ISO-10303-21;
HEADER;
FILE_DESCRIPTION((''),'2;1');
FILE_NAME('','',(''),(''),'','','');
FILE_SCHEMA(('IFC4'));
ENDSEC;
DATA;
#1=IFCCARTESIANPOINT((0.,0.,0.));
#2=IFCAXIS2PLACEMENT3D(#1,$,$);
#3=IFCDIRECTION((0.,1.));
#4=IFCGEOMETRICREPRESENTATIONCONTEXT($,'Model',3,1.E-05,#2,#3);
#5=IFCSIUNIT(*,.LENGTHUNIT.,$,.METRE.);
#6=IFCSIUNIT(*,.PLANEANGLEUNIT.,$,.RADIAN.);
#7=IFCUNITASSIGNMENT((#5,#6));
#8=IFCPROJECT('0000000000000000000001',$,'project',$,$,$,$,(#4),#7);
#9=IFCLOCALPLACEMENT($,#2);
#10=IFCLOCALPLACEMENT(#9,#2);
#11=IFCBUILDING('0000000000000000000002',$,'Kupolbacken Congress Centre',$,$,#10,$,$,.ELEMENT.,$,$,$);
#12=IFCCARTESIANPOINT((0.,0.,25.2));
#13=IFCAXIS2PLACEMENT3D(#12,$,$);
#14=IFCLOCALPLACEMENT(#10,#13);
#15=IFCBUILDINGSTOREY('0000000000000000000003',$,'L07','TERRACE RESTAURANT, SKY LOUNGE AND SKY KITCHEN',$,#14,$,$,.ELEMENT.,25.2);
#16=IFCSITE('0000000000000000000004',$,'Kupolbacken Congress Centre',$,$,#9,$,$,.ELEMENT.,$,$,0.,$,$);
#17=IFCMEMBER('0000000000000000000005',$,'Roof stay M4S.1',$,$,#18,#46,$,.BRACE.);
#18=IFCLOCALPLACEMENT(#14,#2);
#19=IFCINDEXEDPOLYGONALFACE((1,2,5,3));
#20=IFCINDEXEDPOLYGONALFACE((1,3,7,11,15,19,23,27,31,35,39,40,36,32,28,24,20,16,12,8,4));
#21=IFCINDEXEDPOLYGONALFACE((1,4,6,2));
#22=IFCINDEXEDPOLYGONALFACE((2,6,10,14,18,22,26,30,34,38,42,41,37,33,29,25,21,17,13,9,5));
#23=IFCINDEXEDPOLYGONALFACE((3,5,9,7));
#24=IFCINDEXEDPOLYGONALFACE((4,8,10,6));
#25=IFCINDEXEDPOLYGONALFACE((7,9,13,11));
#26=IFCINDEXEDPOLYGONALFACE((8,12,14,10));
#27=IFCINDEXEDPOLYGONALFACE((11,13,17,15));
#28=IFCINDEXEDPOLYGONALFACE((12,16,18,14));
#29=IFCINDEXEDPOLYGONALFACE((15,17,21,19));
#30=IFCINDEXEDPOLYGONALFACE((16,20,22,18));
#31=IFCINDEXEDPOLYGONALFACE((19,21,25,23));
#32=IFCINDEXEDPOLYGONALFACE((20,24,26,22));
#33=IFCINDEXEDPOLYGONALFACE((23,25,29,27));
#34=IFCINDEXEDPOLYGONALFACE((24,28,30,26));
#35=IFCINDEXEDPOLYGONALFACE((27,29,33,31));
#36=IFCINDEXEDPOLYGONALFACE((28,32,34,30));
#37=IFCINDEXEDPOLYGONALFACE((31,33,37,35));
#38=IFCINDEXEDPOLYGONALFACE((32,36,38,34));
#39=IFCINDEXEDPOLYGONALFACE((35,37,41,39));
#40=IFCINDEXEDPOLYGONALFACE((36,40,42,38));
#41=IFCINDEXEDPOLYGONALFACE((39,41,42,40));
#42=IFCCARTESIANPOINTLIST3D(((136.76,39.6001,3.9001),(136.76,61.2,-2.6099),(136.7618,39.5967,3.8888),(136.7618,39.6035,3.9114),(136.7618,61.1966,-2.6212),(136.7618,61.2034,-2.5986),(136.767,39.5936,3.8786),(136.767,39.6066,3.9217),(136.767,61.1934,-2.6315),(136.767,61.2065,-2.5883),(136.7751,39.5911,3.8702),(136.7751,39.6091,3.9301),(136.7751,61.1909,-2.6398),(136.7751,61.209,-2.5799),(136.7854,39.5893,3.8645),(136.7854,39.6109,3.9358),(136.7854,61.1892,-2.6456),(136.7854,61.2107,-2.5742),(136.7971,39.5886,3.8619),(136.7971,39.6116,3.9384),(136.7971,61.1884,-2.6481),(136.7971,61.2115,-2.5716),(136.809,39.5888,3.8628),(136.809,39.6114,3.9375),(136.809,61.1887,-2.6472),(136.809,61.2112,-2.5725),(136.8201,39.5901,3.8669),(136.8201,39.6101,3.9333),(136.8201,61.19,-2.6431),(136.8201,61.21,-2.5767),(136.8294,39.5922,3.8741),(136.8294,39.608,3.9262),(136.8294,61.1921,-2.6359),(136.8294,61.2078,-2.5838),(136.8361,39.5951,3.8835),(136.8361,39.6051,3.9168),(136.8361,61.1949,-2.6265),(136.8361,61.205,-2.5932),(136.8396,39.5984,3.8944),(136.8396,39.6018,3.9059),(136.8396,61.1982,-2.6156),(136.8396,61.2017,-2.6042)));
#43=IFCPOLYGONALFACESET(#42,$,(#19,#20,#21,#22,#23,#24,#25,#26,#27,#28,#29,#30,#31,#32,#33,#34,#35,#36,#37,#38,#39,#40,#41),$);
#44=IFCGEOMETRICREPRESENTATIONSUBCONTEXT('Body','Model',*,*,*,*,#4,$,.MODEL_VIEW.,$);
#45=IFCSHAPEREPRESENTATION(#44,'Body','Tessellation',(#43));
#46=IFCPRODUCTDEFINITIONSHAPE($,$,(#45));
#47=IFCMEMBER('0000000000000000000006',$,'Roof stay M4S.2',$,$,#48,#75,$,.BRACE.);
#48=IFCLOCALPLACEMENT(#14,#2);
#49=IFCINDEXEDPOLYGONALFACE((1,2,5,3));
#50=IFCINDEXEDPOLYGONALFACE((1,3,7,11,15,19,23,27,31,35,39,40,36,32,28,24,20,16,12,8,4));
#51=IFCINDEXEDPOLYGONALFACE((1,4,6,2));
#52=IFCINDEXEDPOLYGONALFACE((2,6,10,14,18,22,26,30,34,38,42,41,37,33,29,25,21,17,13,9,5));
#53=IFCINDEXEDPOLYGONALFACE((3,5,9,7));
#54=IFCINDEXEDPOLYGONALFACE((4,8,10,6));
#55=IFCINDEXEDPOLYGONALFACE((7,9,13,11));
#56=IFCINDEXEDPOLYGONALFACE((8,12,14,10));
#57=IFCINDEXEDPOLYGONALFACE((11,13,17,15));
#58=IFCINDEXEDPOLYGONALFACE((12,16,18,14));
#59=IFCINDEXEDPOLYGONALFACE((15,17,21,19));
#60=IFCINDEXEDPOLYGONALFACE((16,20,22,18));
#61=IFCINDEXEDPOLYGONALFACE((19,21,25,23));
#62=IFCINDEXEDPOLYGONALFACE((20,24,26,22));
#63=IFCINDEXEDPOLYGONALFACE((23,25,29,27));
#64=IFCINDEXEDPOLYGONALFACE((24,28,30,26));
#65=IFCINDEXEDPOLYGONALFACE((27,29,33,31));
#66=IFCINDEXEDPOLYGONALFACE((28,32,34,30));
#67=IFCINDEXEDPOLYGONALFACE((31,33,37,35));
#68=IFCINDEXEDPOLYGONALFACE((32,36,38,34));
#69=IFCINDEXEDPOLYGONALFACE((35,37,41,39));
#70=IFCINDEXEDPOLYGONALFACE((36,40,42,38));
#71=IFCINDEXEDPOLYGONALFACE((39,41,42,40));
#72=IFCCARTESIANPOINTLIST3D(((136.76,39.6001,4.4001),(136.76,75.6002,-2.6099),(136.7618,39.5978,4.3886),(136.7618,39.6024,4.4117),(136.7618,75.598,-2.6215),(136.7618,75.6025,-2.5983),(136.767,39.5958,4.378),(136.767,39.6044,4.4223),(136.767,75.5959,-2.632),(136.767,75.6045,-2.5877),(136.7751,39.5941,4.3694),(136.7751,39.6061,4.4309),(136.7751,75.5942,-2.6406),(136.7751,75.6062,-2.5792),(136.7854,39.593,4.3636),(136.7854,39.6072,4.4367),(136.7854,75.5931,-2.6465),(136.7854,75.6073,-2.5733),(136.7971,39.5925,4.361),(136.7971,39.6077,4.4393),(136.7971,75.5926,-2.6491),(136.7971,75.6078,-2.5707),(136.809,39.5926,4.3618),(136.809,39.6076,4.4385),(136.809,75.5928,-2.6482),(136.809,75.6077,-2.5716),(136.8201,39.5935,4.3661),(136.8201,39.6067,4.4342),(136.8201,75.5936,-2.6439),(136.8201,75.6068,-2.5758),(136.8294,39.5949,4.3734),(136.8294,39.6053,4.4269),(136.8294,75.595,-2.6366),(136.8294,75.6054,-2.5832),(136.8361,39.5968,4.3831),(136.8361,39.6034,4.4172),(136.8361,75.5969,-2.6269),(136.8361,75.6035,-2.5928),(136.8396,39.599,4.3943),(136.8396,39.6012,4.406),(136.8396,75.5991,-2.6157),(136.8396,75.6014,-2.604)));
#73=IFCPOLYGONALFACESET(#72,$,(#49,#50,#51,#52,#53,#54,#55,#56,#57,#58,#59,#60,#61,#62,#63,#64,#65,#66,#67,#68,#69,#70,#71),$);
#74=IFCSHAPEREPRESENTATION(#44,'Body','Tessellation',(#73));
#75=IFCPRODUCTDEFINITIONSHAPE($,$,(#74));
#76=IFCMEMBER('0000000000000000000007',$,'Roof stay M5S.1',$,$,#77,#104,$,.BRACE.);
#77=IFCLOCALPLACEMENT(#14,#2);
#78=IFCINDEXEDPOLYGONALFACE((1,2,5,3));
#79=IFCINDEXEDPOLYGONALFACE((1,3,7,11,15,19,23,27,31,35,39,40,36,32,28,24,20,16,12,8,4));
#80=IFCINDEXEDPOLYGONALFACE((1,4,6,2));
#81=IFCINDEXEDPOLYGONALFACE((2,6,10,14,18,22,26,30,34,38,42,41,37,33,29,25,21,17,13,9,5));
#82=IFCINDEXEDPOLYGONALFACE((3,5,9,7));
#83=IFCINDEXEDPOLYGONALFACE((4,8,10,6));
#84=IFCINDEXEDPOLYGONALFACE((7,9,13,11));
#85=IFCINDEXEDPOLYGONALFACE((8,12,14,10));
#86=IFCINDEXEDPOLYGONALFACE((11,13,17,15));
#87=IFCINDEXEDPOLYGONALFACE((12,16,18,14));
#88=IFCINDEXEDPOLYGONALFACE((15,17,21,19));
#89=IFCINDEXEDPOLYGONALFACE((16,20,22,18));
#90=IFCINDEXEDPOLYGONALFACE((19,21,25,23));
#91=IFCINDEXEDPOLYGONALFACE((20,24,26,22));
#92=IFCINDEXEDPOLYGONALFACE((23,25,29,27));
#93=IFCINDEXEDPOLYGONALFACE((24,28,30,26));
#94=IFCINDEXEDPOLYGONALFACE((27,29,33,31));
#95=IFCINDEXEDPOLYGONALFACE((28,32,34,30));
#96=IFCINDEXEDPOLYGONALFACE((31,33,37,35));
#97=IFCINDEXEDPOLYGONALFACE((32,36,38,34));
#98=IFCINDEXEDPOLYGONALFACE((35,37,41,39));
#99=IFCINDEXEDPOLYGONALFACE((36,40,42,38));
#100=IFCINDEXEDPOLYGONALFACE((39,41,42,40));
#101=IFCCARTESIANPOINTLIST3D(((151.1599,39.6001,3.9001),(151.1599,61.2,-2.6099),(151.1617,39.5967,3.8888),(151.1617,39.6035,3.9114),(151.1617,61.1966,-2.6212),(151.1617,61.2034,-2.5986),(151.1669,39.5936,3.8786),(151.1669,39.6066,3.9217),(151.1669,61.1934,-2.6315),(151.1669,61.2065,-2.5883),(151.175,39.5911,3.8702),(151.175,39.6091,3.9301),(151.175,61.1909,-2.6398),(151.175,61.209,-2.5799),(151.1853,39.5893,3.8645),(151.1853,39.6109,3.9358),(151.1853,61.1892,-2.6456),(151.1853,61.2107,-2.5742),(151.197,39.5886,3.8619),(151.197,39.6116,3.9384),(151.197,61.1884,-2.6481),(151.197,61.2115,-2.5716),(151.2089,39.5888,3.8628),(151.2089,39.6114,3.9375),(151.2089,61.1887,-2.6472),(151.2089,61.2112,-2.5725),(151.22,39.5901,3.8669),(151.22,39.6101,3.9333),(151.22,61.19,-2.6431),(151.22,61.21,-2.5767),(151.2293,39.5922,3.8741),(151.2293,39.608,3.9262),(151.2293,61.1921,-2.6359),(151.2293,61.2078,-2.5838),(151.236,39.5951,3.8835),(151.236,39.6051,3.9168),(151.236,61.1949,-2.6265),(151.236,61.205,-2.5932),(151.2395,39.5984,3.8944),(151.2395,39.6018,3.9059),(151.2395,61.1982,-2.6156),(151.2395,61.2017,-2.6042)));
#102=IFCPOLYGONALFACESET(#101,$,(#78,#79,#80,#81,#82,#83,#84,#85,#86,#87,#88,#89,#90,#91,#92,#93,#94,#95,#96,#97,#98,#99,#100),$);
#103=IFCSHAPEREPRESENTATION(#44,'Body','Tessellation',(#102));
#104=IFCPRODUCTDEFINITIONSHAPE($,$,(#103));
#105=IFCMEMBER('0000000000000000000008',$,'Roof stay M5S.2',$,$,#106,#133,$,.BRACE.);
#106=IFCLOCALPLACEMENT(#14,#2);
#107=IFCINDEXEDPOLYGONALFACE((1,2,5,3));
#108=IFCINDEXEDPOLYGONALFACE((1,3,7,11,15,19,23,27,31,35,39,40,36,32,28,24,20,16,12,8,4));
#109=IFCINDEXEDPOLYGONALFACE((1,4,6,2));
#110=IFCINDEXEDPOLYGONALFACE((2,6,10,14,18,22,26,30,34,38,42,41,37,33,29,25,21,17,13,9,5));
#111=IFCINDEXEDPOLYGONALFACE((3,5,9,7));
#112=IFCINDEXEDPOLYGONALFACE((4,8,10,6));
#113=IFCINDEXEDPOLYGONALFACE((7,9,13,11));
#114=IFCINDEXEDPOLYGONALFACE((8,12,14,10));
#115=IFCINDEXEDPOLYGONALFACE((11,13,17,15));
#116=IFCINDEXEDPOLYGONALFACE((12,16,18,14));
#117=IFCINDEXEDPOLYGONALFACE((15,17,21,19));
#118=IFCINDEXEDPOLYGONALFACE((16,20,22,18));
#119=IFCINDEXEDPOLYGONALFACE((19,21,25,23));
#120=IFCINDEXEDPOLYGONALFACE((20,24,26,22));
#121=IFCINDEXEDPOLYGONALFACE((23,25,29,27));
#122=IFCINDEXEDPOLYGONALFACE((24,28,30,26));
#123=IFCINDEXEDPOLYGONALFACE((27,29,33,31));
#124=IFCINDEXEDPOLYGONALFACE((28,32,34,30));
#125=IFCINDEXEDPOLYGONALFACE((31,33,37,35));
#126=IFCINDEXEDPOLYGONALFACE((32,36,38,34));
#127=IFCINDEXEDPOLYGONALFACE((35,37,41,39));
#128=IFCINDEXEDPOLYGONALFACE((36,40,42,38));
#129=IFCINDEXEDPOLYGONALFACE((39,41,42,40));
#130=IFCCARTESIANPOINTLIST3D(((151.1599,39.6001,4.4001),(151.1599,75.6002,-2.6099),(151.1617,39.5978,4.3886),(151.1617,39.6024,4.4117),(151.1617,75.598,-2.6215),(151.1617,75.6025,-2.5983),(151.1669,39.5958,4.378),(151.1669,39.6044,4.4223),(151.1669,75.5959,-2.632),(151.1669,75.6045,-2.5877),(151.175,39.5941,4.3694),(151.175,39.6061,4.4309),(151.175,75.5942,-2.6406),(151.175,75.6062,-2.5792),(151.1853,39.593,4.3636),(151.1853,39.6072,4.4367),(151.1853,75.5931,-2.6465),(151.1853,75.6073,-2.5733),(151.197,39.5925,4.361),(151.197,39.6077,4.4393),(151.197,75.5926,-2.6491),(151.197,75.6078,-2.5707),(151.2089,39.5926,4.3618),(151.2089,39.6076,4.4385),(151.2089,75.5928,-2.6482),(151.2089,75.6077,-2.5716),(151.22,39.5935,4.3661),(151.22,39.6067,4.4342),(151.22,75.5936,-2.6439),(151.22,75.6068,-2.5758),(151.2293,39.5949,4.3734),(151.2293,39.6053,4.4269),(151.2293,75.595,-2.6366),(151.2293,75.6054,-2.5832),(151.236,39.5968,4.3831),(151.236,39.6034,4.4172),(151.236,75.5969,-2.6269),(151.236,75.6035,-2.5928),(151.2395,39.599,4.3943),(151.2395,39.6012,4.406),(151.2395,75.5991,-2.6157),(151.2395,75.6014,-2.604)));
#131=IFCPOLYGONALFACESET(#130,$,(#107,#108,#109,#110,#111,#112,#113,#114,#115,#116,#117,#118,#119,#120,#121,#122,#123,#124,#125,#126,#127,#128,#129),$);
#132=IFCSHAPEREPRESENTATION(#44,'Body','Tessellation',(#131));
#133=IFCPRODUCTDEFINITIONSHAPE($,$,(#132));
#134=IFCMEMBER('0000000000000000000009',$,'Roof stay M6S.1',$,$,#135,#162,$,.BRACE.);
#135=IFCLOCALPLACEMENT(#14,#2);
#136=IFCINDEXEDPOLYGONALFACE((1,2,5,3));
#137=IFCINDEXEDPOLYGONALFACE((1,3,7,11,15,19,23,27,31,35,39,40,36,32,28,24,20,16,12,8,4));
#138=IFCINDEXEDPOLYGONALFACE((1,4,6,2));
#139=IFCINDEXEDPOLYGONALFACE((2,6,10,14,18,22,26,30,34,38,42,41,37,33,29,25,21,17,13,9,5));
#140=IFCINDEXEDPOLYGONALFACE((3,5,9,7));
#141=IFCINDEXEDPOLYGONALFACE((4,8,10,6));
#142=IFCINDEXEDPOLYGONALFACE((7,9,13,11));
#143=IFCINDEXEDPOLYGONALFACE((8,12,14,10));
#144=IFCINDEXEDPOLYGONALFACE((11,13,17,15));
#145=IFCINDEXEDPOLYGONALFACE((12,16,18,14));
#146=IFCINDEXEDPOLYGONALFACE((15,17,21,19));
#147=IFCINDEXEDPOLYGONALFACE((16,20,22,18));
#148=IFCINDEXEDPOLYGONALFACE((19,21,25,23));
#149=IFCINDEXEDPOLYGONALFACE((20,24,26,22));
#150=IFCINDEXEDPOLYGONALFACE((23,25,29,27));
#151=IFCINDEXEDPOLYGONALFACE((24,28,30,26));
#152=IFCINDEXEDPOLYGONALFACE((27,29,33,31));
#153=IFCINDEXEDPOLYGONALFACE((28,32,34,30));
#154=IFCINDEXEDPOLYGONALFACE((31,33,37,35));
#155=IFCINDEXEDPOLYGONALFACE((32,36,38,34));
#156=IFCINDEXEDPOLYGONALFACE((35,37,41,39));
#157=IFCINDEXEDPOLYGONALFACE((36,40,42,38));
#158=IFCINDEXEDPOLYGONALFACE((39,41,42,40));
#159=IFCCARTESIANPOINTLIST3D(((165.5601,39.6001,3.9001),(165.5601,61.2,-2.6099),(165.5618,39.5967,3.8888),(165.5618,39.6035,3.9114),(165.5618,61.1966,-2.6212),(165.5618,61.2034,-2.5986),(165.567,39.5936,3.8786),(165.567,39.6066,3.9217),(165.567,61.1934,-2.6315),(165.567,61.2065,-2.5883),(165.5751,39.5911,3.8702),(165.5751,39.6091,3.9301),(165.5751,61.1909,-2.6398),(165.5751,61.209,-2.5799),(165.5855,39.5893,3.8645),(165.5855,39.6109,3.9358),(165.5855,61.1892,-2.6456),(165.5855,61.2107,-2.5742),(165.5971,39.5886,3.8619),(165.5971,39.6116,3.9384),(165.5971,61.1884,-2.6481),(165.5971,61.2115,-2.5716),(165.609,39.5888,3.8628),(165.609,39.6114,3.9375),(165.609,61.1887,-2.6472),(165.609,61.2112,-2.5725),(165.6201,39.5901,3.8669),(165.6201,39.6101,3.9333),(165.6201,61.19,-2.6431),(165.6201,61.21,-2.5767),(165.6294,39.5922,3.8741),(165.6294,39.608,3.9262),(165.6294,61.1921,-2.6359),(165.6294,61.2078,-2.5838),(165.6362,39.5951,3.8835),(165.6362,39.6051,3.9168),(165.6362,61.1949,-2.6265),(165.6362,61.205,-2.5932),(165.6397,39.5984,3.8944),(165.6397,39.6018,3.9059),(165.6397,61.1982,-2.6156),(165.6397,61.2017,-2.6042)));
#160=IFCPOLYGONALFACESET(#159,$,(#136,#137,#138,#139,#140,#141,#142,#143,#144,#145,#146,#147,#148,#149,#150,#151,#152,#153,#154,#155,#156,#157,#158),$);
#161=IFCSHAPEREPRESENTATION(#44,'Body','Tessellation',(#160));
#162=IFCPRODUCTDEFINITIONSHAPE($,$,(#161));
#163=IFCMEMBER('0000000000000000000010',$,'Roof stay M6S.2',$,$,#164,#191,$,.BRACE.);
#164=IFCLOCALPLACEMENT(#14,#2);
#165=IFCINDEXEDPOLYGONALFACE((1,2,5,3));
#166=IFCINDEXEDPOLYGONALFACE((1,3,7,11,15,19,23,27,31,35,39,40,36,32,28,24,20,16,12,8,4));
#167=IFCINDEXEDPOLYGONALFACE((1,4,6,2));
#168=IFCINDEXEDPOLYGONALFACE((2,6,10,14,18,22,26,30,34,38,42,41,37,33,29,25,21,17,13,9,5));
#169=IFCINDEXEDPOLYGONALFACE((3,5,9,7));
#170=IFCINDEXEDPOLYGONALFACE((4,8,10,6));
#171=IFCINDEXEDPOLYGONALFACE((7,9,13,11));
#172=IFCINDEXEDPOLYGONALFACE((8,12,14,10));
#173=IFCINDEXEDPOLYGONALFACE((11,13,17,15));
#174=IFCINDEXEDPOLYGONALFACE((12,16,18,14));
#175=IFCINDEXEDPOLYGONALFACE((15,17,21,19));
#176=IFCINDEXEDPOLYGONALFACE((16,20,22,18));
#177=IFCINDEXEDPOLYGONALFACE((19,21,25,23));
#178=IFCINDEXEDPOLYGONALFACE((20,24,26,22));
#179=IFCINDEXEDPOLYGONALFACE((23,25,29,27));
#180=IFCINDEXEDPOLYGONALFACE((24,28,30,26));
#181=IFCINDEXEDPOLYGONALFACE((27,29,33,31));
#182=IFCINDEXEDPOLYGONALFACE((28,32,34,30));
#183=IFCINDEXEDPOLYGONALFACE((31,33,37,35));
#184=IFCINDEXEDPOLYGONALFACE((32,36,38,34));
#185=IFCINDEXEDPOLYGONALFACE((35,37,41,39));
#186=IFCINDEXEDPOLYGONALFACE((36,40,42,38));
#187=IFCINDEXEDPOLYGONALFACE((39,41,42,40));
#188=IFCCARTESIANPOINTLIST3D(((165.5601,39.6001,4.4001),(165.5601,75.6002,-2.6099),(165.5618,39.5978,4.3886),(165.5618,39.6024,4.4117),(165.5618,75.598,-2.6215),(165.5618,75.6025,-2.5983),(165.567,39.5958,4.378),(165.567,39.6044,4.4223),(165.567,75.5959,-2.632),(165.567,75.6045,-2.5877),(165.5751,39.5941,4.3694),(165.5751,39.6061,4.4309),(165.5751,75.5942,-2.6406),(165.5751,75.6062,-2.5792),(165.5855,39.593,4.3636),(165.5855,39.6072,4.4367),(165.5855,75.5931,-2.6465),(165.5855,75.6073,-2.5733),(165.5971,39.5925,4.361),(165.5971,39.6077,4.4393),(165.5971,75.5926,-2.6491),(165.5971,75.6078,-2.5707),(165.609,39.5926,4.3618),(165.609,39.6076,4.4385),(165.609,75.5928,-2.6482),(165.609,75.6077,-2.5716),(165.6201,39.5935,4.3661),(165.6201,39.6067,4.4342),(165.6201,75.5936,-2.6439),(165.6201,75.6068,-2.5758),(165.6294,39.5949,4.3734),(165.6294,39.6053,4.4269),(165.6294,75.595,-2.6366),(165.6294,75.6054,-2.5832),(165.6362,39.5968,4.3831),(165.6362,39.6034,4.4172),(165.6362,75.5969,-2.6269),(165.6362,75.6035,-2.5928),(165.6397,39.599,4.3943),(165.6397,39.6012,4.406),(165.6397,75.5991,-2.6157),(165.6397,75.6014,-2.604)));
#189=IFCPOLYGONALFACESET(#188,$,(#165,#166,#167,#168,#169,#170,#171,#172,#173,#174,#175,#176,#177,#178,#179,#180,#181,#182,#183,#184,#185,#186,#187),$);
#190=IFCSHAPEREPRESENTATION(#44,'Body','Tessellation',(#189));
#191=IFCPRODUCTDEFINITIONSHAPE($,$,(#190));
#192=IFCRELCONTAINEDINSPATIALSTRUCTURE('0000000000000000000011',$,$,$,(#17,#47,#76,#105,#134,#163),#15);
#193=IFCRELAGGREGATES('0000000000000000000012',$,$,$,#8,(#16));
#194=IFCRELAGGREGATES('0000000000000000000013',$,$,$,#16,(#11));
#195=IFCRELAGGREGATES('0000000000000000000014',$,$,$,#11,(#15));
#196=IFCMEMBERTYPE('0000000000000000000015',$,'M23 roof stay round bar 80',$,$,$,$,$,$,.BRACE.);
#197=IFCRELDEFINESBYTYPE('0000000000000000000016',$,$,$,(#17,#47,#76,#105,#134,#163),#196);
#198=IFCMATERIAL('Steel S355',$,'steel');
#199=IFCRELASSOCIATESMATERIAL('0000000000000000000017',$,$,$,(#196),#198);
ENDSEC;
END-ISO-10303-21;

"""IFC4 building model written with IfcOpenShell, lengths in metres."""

from ifc_helpers import new_model, si_unit, direction, frame, origin, origin_2d, place, context, subcontext, project, spatial, circle, extrude, material, material_profile, profile_set, type_object, element, save


model = new_model("IFC4")

# Units and contexts
model_context = context("Model", 3, precision=1e-05, world=origin(), true_north=direction((0.0, 1.0)))
body_context = subcontext(model_context, "Body", "Model", "MODEL_VIEW")
ifc_project = project(units=[si_unit("LENGTHUNIT", "METRE"), si_unit("PLANEANGLEUNIT", "RADIAN")], contexts=[model_context])

# Site, building, storey
site_placement = place(None, origin())
site = spatial("IfcSite", under=ifc_project, at=site_placement, Name="Kupolbacken Congress Centre", CompositionType="ELEMENT", RefElevation=0.0)
building_placement = place(site_placement, origin())
building = spatial("IfcBuilding", under=site, at=building_placement, Name="Kupolbacken Congress Centre", CompositionType="ELEMENT")
storey_placement = place(building_placement, frame((0.0, 0.0, 25.2)))
storey = spatial("IfcBuildingStorey", under=building, at=storey_placement, Name="L07", Description="TERRACE RESTAURANT, SKY LOUNGE AND SKY KITCHEN", CompositionType="ELEMENT", Elevation=25.2)

# Members
ifc_material_1 = material(Name="Steel S355", Category="steel")
ifc_material_profile_1 = material_profile(ifc_material_1, circle(Radius=0.04, at=origin_2d()), Name="RB 80")
ifc_profile_set_1 = profile_set([ifc_material_profile_1], Name="Steel S355")
member_type = type_object("IfcMemberType", Name="M23 roof stay round bar 80", PredefinedType="BRACE", material=ifc_profile_set_1)
member_1_placement = place(storey_placement, frame((136.8, 39.6001, 3.9001), z_axis=(0.0, 0.957459, -0.28857), x_axis=(-1.0, 0.0, 0.0)))
element("IfcMember", 1, at=member_1_placement, inside=storey, type_object=member_type, Name="Roof stay M4S.1", PredefinedType="BRACE", context=body_context, shape_type="SweptSolid", body=[
    extrude(circle(Radius=0.04, at=origin_2d()), origin(), (0.0, 0.0, 1.0), 22.5596),
])
member_2_placement = place(storey_placement, frame((136.8, 39.6001, 4.4001), z_axis=(0.0, 0.981564, -0.191133), x_axis=(-1.0, 0.0, 0.0)))
element("IfcMember", 2, at=member_2_placement, inside=storey, type_object=member_type, Name="Roof stay M4S.2", PredefinedType="BRACE", context=body_context, shape_type="SweptSolid", body=[
    extrude(circle(Radius=0.04, at=origin_2d()), origin(), (0.0, 0.0, 1.0), 36.6763),
])
member_3_placement = place(storey_placement, frame((151.2, 39.6001, 3.9001), z_axis=(0.0, 0.957459, -0.28857), x_axis=(-1.0, 0.0, 0.0)))
element("IfcMember", 3, at=member_3_placement, inside=storey, type_object=member_type, Name="Roof stay M5S.1", PredefinedType="BRACE", context=body_context, shape_type="SweptSolid", body=[
    extrude(circle(Radius=0.04, at=origin_2d()), origin(), (0.0, 0.0, 1.0), 22.5596),
])
member_4_placement = place(storey_placement, frame((151.2, 39.6001, 4.4001), z_axis=(0.0, 0.981564, -0.191133), x_axis=(-1.0, 0.0, 0.0)))
element("IfcMember", 4, at=member_4_placement, inside=storey, type_object=member_type, Name="Roof stay M5S.2", PredefinedType="BRACE", context=body_context, shape_type="SweptSolid", body=[
    extrude(circle(Radius=0.04, at=origin_2d()), origin(), (0.0, 0.0, 1.0), 36.6763),
])
member_5_placement = place(storey_placement, frame((165.6001, 39.6001, 3.9001), z_axis=(0.0, 0.957459, -0.28857), x_axis=(-1.0, 0.0, 0.0)))
element("IfcMember", 5, at=member_5_placement, inside=storey, type_object=member_type, Name="Roof stay M6S.1", PredefinedType="BRACE", context=body_context, shape_type="SweptSolid", body=[
    extrude(circle(Radius=0.04, at=origin_2d()), origin(), (0.0, 0.0, 1.0), 22.5596),
])
member_6_placement = place(storey_placement, frame((165.6001, 39.6001, 4.4001), z_axis=(0.0, 0.981564, -0.191133), x_axis=(-1.0, 0.0, 0.0)))
element("IfcMember", 6, at=member_6_placement, inside=storey, type_object=member_type, Name="Roof stay M6S.2", PredefinedType="BRACE", context=body_context, shape_type="SweptSolid", body=[
    extrude(circle(Radius=0.04, at=origin_2d()), origin(), (0.0, 0.0, 1.0), 36.6763),
])

save(model, "model.ifc")
